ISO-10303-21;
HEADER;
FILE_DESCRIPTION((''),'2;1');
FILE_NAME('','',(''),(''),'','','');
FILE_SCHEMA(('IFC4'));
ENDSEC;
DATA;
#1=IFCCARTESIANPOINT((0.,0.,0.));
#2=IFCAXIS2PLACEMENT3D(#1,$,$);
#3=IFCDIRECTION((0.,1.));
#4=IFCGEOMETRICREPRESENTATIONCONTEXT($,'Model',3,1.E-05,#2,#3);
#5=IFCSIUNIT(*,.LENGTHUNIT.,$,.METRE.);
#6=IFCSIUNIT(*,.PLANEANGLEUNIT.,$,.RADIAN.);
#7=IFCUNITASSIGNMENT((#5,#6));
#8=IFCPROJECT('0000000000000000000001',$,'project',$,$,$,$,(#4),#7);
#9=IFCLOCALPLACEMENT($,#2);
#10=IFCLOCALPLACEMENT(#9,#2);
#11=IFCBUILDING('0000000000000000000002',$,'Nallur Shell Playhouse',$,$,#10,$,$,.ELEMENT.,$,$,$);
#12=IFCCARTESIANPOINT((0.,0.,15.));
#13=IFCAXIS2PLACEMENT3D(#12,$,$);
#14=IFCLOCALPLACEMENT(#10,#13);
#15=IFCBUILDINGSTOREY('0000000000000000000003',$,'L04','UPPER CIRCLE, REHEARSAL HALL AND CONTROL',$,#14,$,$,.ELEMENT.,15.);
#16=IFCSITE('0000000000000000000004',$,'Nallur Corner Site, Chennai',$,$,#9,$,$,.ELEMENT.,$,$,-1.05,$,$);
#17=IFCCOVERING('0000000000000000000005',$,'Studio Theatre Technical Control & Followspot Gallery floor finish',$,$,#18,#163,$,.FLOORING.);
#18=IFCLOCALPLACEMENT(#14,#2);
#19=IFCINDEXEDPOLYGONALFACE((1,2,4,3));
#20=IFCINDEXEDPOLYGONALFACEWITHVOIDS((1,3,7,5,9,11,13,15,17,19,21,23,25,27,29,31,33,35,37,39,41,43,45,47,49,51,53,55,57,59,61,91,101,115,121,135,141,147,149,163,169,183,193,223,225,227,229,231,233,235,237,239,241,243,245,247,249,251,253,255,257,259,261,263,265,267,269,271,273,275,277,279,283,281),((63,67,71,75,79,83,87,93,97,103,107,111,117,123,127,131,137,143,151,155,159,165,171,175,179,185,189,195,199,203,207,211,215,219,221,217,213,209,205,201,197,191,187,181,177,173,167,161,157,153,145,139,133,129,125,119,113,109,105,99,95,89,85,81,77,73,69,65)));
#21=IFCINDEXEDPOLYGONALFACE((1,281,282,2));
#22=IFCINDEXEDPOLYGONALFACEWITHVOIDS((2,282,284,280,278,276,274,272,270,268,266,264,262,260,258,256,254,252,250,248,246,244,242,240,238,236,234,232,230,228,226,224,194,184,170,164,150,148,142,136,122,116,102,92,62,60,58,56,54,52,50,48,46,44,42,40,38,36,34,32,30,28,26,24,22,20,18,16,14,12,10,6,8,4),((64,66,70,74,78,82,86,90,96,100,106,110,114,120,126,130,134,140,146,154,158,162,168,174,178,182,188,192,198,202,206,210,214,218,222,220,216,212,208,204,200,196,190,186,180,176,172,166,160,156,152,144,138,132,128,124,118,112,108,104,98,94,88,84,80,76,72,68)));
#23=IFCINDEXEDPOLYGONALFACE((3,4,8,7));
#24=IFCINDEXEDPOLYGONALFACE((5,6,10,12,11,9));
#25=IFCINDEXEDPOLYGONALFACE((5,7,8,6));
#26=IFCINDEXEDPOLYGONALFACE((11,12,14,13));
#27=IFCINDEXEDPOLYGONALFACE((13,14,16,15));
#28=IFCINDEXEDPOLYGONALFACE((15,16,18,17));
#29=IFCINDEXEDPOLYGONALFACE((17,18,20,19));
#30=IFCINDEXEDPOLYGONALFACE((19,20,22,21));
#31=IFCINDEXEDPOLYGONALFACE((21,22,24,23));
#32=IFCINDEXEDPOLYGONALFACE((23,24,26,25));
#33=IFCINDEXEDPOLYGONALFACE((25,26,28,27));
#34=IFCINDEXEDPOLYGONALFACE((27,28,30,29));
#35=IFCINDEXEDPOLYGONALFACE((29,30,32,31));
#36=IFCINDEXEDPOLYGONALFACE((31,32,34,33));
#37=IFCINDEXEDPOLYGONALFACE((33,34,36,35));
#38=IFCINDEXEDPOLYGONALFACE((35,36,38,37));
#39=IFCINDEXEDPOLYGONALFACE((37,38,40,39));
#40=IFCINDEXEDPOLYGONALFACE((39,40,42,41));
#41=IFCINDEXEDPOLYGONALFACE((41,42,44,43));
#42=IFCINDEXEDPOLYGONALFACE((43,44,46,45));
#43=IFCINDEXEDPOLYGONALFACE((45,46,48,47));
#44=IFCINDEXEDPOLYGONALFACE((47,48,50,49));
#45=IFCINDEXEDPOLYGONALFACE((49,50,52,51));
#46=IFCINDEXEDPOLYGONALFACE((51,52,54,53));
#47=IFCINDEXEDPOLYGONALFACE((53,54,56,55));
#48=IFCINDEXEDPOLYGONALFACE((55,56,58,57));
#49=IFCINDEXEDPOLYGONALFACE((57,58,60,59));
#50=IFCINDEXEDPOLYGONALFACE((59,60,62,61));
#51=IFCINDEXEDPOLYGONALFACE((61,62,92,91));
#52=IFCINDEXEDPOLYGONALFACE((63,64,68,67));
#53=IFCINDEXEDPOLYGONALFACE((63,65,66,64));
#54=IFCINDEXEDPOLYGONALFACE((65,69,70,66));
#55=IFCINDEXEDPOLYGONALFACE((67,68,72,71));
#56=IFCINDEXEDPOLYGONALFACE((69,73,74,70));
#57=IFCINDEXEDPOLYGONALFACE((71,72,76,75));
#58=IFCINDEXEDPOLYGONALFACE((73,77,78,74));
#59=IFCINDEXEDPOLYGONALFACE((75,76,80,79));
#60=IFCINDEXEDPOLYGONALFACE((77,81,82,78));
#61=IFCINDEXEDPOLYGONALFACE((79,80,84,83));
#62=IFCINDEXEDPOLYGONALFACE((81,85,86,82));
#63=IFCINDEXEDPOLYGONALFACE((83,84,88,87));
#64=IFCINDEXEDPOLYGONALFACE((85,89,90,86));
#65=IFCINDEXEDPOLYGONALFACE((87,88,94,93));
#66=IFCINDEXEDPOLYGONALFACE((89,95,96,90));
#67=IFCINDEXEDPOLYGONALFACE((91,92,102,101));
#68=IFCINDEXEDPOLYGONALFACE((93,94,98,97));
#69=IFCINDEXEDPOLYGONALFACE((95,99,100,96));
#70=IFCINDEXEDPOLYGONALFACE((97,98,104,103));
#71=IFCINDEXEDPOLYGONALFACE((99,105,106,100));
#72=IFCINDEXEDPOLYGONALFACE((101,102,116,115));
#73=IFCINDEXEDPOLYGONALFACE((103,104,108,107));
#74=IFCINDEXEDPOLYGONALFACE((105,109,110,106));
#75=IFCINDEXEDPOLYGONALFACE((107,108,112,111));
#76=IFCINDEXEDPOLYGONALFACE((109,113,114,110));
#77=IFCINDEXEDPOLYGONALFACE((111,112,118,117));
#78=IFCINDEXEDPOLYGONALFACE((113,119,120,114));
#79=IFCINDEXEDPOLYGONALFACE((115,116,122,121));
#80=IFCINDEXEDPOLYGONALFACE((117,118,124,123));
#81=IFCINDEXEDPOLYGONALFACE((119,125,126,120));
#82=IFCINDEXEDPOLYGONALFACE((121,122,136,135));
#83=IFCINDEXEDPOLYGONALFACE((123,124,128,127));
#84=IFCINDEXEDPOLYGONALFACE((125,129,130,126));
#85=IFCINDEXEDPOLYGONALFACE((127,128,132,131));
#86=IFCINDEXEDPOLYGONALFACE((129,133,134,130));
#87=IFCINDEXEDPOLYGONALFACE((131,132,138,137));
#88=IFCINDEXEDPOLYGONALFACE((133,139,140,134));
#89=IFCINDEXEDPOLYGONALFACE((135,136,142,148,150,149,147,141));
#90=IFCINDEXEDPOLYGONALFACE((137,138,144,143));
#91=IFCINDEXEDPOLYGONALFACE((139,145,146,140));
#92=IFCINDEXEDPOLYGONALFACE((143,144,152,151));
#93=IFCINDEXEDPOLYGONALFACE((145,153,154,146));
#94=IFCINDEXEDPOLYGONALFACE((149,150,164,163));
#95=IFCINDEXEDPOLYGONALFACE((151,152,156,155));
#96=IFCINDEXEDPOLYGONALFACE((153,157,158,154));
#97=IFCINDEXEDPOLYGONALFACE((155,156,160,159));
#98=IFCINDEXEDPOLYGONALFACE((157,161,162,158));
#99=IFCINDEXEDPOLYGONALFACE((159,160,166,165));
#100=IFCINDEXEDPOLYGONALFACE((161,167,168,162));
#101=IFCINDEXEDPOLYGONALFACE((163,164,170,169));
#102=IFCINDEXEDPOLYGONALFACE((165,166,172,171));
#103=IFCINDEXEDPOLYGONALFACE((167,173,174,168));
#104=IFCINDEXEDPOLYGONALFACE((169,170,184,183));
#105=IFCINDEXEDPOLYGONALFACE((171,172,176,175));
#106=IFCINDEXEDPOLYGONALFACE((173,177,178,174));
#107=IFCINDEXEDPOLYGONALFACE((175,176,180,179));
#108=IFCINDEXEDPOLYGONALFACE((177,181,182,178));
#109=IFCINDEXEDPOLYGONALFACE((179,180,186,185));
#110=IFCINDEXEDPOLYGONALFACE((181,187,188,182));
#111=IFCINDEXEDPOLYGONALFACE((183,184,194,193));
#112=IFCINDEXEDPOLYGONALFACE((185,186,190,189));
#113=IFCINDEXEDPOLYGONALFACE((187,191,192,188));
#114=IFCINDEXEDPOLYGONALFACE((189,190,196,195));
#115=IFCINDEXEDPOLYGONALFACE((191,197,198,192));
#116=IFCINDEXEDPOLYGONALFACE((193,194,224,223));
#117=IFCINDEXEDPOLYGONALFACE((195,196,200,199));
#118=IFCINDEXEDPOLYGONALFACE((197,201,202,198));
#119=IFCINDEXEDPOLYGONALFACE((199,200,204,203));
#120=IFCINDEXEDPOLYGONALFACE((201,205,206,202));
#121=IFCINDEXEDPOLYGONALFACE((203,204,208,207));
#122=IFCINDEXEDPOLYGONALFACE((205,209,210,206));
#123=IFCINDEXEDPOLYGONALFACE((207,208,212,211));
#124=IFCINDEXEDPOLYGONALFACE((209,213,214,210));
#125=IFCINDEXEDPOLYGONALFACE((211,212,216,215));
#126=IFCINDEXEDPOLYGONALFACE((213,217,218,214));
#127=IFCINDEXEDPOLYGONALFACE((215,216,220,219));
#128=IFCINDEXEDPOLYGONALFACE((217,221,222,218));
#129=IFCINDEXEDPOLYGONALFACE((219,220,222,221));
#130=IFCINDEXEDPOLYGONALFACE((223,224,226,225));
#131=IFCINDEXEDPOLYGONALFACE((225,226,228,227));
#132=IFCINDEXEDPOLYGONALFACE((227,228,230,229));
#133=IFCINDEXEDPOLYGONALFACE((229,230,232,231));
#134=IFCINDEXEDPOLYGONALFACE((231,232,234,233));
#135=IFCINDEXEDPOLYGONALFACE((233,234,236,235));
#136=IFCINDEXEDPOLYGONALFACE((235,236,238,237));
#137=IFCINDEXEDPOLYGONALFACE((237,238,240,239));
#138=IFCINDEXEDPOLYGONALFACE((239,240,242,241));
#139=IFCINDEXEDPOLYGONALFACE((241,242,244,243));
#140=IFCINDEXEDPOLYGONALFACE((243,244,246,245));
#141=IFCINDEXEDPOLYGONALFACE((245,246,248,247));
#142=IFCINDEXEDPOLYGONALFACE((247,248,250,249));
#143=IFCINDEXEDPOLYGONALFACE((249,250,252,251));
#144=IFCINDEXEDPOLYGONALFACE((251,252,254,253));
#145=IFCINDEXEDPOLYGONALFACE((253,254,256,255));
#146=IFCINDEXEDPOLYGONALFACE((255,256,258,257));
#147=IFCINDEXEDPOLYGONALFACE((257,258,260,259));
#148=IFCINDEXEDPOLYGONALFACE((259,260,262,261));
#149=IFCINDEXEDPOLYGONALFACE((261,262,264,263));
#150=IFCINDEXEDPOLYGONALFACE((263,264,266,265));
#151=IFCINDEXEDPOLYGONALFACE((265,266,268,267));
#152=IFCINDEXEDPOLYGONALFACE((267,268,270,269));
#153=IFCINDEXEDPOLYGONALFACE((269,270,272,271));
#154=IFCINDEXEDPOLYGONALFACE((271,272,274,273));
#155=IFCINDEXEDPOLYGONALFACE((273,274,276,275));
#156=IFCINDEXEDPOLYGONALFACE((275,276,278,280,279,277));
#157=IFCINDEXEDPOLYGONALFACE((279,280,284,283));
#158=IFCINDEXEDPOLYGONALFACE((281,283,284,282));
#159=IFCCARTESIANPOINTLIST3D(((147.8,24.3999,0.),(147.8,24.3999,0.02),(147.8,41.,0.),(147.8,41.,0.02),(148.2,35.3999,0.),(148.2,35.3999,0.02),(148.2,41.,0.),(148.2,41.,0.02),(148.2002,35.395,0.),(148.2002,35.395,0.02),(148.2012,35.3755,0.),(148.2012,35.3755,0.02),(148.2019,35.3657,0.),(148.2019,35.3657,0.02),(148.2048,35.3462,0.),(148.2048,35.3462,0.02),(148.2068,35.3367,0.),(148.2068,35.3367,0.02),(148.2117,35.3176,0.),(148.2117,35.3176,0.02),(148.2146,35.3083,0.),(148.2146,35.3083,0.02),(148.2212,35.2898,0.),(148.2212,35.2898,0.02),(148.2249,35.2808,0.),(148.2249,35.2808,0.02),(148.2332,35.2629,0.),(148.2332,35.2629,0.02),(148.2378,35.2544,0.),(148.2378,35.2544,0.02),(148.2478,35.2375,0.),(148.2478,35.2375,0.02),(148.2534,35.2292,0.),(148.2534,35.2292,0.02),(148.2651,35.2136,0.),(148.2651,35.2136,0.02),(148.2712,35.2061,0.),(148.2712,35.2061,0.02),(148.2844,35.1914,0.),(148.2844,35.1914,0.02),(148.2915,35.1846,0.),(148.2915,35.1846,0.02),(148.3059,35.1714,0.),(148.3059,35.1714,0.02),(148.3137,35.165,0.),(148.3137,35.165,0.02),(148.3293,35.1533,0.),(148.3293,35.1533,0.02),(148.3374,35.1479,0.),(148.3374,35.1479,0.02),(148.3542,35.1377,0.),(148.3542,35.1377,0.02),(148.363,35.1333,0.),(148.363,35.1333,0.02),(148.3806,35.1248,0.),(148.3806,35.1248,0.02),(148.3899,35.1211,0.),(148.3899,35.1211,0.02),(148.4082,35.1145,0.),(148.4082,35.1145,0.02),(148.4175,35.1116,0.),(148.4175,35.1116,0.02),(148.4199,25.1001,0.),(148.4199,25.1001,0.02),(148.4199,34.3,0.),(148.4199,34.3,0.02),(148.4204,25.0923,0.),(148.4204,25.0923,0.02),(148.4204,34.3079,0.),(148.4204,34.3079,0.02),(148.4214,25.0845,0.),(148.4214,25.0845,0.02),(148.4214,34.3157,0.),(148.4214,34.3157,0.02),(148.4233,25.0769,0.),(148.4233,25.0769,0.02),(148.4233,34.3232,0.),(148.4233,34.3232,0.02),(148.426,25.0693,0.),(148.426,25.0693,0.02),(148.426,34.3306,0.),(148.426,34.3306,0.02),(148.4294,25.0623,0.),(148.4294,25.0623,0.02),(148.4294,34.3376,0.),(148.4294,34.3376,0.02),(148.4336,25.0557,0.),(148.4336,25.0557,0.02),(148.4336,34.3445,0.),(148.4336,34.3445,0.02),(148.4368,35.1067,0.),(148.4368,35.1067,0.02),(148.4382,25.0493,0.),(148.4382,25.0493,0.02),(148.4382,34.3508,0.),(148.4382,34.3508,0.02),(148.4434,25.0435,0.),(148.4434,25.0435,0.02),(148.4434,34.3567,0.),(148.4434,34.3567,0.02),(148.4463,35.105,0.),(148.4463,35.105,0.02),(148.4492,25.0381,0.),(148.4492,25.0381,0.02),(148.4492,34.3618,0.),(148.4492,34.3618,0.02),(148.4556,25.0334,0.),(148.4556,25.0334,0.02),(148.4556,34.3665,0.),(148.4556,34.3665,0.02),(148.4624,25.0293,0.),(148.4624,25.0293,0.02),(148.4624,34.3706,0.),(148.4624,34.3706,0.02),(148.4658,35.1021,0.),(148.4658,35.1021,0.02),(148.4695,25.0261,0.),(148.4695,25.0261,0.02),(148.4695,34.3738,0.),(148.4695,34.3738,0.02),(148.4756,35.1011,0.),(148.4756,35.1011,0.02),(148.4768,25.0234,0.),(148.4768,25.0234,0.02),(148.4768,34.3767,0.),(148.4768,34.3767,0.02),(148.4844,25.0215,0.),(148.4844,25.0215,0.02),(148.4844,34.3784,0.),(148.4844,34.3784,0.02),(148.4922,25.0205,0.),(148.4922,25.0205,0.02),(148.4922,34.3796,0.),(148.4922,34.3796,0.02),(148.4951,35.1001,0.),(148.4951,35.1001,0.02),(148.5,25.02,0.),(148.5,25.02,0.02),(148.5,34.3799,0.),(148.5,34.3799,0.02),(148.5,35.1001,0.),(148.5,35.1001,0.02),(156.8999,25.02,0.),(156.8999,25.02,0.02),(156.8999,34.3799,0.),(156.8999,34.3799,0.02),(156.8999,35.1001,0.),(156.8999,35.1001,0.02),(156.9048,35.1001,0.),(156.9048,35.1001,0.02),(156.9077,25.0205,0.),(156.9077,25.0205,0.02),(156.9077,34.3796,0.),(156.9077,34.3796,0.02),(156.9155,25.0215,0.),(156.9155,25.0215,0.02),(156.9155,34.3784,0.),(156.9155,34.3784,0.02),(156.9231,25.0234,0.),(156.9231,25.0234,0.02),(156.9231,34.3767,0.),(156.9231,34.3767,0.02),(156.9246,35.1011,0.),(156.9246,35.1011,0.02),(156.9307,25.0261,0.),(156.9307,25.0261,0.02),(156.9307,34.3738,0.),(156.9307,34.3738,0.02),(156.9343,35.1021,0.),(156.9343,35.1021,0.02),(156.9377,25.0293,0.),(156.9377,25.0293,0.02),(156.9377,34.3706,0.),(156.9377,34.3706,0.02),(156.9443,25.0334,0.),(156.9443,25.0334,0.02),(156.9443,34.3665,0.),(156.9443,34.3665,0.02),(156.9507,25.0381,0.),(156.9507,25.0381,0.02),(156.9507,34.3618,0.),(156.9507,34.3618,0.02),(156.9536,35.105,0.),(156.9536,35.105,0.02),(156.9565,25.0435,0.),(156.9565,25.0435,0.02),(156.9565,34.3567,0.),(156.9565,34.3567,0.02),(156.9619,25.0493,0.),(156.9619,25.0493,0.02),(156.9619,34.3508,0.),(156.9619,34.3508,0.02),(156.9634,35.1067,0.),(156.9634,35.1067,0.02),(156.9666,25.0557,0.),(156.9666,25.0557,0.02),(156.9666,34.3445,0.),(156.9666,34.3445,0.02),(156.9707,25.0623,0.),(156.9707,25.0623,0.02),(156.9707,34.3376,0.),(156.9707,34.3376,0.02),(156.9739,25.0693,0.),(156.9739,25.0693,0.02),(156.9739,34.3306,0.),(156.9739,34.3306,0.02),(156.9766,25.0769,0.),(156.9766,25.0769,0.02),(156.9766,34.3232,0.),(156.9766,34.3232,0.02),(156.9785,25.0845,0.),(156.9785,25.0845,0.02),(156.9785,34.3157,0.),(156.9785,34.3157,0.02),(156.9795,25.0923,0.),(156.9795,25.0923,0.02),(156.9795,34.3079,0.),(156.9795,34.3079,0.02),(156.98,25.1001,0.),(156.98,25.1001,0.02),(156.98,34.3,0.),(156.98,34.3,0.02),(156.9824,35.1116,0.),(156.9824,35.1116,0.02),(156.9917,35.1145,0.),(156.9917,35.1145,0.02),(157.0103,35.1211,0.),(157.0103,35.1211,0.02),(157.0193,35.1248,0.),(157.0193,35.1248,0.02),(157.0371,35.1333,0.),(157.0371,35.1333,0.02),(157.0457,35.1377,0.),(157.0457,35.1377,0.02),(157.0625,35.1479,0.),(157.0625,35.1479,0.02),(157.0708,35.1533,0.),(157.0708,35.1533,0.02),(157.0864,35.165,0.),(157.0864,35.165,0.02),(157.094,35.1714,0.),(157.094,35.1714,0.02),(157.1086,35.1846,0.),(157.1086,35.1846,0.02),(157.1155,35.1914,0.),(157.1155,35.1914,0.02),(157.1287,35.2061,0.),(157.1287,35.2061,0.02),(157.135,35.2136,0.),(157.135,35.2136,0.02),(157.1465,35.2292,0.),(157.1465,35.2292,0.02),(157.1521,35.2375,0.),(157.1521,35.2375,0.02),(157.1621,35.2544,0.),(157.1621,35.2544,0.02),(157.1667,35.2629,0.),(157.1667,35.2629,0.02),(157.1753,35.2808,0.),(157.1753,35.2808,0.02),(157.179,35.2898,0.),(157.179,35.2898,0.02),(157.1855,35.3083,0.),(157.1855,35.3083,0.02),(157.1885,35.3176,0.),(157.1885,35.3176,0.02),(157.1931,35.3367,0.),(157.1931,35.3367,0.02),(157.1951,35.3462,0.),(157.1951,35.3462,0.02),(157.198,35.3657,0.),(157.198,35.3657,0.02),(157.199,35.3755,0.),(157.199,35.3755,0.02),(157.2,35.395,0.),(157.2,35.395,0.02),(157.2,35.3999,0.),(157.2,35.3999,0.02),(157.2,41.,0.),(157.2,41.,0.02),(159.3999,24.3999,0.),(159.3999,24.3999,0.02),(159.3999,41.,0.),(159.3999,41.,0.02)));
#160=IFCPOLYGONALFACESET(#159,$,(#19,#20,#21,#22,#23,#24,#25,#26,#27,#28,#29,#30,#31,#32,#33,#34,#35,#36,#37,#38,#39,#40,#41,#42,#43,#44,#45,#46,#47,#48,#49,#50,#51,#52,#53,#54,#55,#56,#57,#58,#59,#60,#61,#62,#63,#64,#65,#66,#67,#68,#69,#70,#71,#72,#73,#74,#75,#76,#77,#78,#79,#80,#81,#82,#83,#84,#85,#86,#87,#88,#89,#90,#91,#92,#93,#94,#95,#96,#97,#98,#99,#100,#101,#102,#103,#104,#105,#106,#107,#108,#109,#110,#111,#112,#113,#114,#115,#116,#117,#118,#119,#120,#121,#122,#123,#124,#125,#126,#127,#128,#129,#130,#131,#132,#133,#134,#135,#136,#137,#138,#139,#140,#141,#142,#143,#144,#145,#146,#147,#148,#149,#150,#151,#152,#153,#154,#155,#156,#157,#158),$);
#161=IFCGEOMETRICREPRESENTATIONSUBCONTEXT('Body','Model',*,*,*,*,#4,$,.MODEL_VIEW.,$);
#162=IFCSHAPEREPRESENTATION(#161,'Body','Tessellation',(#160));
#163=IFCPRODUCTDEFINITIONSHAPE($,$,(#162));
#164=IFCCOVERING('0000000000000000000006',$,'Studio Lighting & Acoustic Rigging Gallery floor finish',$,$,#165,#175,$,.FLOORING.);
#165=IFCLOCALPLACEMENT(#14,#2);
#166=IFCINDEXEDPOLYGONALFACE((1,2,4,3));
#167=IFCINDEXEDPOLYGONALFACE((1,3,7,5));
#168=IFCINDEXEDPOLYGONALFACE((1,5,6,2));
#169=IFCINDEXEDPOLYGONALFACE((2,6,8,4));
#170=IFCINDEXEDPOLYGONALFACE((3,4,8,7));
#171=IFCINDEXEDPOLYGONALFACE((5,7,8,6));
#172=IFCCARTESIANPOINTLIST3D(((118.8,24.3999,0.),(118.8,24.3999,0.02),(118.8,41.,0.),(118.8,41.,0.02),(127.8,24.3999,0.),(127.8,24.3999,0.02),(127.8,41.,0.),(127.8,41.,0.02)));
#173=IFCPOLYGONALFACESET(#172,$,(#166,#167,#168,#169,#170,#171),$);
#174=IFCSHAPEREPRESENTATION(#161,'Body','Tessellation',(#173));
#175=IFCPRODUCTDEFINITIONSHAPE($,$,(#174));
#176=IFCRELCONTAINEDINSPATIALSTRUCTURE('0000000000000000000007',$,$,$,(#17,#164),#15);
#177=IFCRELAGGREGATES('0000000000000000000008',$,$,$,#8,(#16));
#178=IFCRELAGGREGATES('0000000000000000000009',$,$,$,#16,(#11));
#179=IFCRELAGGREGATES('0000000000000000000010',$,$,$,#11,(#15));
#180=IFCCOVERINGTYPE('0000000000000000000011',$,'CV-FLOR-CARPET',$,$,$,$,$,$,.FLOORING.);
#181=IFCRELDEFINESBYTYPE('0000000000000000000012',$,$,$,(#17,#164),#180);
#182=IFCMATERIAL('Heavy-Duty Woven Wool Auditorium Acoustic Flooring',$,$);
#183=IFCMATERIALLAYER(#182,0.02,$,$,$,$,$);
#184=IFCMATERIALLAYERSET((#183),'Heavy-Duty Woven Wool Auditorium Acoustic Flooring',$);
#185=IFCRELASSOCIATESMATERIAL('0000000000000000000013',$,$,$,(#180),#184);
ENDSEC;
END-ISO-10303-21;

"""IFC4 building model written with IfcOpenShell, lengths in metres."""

from ifc_helpers import new_model, si_unit, direction, frame, origin, place, context, subcontext, project, spatial, polyline, outline, extrude, material, layer, layer_set, type_object, element, save


model = new_model("IFC4")

# Units and contexts
model_context = context("Model", 3, precision=1e-05, world=origin(), true_north=direction((0.0, 1.0)))
body_context = subcontext(model_context, "Body", "Model", "MODEL_VIEW")
ifc_project = project(units=[si_unit("LENGTHUNIT", "METRE"), si_unit("PLANEANGLEUNIT", "RADIAN")], contexts=[model_context])

# Site, building, storey
site_placement = place(None, origin())
site = spatial("IfcSite", under=ifc_project, at=site_placement, Name="Nallur Corner Site, Chennai", CompositionType="ELEMENT", RefElevation=-1.05)
building_placement = place(site_placement, origin())
building = spatial("IfcBuilding", under=site, at=building_placement, Name="Nallur Shell Playhouse", CompositionType="ELEMENT")
storey_placement = place(building_placement, frame((0.0, 0.0, 15.0)))
storey = spatial("IfcBuildingStorey", under=building, at=storey_placement, Name="L04", Description="UPPER CIRCLE, REHEARSAL HALL AND CONTROL", CompositionType="ELEMENT", Elevation=15.0)

# Coverings
ifc_material_1 = material(Name="Heavy-Duty Woven Wool Auditorium Acoustic Flooring")
ifc_layer_1 = layer(ifc_material_1, 0.02)
ifc_layer_set_1 = layer_set([ifc_layer_1], Name="Heavy-Duty Woven Wool Auditorium Acoustic Flooring")
covering_type_1 = type_object("IfcCoveringType", Name="CV-FLOR-CARPET", PredefinedType="FLOORING", material=ifc_layer_set_1)
covering_1_placement = place(storey_placement, origin())
element("IfcCovering", 1, at=covering_1_placement, inside=storey, type_object=covering_type_1, Name="Studio Theatre Technical Control & Followspot Gallery floor finish", PredefinedType="FLOORING", context=body_context, shape_type="SweptSolid", body=[
    extrude(outline(polyline([(148.2048, 35.3462), (148.2068, 35.3367), (148.2117, 35.3176), (148.2146, 35.3083), (148.2212, 35.2898), (148.2249, 35.2808), (148.2332, 35.2629), (148.2378, 35.2544), (148.2478, 35.2375), (148.2534, 35.2292), (148.2651, 35.2136), (148.2712, 35.2061), (148.2844, 35.1914), (148.2915, 35.1846), (148.3059, 35.1714), (148.3137, 35.165), (148.3293, 35.1533), (148.3374, 35.1479), (148.3542, 35.1377), (148.363, 35.1333), (148.3806, 35.1248), (148.3899, 35.1211), (148.4082, 35.1145), (148.4175, 35.1116), (148.4368, 35.1067), (148.4463, 35.105), (148.4658, 35.1021), (148.4756, 35.1011), (148.4951, 35.1001), (148.5, 35.1001), (156.8999, 35.1001), (156.9048, 35.1001), (156.9246, 35.1011), (156.9343, 35.1021), (156.9536, 35.105), (156.9634, 35.1067), (156.9824, 35.1116), (156.9917, 35.1145), (157.0103, 35.1211), (157.0193, 35.1248), (157.0371, 35.1333), (157.0457, 35.1377), (157.0625, 35.1479), (157.0708, 35.1533), (157.0864, 35.165), (157.094, 35.1714), (157.1086, 35.1846), (157.1155, 35.1914), (157.1287, 35.2061), (157.135, 35.2136), (157.1465, 35.2292), (157.1521, 35.2375), (157.1621, 35.2544), (157.1667, 35.2629), (157.1753, 35.2808), (157.179, 35.2898), (157.1855, 35.3083), (157.1885, 35.3176), (157.1931, 35.3367), (157.1951, 35.3462), (157.198, 35.3657), (157.199, 35.3755), (157.2, 35.395), (157.2, 35.3999), (157.2, 41.0), (159.3999, 41.0), (159.3999, 24.3999), (147.8, 24.3999), (147.8, 41.0), (148.2, 41.0), (148.2, 35.3999), (148.2002, 35.395), (148.2012, 35.3755), (148.2019, 35.3657), (148.2048, 35.3462)]), holes=[polyline([(156.9155, 25.0215), (156.9231, 25.0234), (156.9307, 25.0261), (156.9377, 25.0293), (156.9443, 25.0334), (156.9507, 25.0381), (156.9565, 25.0435), (156.9619, 25.0493), (156.9666, 25.0557), (156.9707, 25.0623), (156.9739, 25.0693), (156.9766, 25.0769), (156.9785, 25.0845), (156.9795, 25.0923), (156.98, 25.1001), (156.98, 34.3), (156.9795, 34.3079), (156.9785, 34.3157), (156.9766, 34.3232), (156.9739, 34.3306), (156.9707, 34.3376), (156.9666, 34.3445), (156.9619, 34.3508), (156.9565, 34.3567), (156.9507, 34.3618), (156.9443, 34.3665), (156.9377, 34.3706), (156.9307, 34.3738), (156.9231, 34.3767), (156.9155, 34.3784), (156.9077, 34.3796), (156.8999, 34.3799), (148.5, 34.3799), (148.4922, 34.3796), (148.4844, 34.3784), (148.4768, 34.3767), (148.4695, 34.3738), (148.4624, 34.3706), (148.4556, 34.3665), (148.4492, 34.3618), (148.4434, 34.3567), (148.4382, 34.3508), (148.4336, 34.3445), (148.4294, 34.3376), (148.426, 34.3306), (148.4233, 34.3232), (148.4214, 34.3157), (148.4204, 34.3079), (148.4199, 34.3), (148.4199, 25.1001), (148.4204, 25.0923), (148.4214, 25.0845), (148.4233, 25.0769), (148.426, 25.0693), (148.4294, 25.0623), (148.4336, 25.0557), (148.4382, 25.0493), (148.4434, 25.0435), (148.4492, 25.0381), (148.4556, 25.0334), (148.4624, 25.0293), (148.4695, 25.0261), (148.4768, 25.0234), (148.4844, 25.0215), (148.4922, 25.0205), (148.5, 25.02), (156.8999, 25.02), (156.9077, 25.0205), (156.9155, 25.0215)])]), origin(), (0.0, 0.0, 1.0), 0.02),
])
covering_2_placement = place(storey_placement, origin())
element("IfcCovering", 2, at=covering_2_placement, inside=storey, type_object=covering_type_1, Name="Studio Lighting & Acoustic Rigging Gallery floor finish", PredefinedType="FLOORING", context=body_context, shape_type="SweptSolid", body=[
    extrude(outline(polyline([(118.8, 41.0), (127.8, 41.0), (127.8, 24.3999), (118.8, 24.3999), (118.8, 41.0)])), origin(), (0.0, 0.0, 1.0), 0.02),
])

save(model, "model.ifc")
